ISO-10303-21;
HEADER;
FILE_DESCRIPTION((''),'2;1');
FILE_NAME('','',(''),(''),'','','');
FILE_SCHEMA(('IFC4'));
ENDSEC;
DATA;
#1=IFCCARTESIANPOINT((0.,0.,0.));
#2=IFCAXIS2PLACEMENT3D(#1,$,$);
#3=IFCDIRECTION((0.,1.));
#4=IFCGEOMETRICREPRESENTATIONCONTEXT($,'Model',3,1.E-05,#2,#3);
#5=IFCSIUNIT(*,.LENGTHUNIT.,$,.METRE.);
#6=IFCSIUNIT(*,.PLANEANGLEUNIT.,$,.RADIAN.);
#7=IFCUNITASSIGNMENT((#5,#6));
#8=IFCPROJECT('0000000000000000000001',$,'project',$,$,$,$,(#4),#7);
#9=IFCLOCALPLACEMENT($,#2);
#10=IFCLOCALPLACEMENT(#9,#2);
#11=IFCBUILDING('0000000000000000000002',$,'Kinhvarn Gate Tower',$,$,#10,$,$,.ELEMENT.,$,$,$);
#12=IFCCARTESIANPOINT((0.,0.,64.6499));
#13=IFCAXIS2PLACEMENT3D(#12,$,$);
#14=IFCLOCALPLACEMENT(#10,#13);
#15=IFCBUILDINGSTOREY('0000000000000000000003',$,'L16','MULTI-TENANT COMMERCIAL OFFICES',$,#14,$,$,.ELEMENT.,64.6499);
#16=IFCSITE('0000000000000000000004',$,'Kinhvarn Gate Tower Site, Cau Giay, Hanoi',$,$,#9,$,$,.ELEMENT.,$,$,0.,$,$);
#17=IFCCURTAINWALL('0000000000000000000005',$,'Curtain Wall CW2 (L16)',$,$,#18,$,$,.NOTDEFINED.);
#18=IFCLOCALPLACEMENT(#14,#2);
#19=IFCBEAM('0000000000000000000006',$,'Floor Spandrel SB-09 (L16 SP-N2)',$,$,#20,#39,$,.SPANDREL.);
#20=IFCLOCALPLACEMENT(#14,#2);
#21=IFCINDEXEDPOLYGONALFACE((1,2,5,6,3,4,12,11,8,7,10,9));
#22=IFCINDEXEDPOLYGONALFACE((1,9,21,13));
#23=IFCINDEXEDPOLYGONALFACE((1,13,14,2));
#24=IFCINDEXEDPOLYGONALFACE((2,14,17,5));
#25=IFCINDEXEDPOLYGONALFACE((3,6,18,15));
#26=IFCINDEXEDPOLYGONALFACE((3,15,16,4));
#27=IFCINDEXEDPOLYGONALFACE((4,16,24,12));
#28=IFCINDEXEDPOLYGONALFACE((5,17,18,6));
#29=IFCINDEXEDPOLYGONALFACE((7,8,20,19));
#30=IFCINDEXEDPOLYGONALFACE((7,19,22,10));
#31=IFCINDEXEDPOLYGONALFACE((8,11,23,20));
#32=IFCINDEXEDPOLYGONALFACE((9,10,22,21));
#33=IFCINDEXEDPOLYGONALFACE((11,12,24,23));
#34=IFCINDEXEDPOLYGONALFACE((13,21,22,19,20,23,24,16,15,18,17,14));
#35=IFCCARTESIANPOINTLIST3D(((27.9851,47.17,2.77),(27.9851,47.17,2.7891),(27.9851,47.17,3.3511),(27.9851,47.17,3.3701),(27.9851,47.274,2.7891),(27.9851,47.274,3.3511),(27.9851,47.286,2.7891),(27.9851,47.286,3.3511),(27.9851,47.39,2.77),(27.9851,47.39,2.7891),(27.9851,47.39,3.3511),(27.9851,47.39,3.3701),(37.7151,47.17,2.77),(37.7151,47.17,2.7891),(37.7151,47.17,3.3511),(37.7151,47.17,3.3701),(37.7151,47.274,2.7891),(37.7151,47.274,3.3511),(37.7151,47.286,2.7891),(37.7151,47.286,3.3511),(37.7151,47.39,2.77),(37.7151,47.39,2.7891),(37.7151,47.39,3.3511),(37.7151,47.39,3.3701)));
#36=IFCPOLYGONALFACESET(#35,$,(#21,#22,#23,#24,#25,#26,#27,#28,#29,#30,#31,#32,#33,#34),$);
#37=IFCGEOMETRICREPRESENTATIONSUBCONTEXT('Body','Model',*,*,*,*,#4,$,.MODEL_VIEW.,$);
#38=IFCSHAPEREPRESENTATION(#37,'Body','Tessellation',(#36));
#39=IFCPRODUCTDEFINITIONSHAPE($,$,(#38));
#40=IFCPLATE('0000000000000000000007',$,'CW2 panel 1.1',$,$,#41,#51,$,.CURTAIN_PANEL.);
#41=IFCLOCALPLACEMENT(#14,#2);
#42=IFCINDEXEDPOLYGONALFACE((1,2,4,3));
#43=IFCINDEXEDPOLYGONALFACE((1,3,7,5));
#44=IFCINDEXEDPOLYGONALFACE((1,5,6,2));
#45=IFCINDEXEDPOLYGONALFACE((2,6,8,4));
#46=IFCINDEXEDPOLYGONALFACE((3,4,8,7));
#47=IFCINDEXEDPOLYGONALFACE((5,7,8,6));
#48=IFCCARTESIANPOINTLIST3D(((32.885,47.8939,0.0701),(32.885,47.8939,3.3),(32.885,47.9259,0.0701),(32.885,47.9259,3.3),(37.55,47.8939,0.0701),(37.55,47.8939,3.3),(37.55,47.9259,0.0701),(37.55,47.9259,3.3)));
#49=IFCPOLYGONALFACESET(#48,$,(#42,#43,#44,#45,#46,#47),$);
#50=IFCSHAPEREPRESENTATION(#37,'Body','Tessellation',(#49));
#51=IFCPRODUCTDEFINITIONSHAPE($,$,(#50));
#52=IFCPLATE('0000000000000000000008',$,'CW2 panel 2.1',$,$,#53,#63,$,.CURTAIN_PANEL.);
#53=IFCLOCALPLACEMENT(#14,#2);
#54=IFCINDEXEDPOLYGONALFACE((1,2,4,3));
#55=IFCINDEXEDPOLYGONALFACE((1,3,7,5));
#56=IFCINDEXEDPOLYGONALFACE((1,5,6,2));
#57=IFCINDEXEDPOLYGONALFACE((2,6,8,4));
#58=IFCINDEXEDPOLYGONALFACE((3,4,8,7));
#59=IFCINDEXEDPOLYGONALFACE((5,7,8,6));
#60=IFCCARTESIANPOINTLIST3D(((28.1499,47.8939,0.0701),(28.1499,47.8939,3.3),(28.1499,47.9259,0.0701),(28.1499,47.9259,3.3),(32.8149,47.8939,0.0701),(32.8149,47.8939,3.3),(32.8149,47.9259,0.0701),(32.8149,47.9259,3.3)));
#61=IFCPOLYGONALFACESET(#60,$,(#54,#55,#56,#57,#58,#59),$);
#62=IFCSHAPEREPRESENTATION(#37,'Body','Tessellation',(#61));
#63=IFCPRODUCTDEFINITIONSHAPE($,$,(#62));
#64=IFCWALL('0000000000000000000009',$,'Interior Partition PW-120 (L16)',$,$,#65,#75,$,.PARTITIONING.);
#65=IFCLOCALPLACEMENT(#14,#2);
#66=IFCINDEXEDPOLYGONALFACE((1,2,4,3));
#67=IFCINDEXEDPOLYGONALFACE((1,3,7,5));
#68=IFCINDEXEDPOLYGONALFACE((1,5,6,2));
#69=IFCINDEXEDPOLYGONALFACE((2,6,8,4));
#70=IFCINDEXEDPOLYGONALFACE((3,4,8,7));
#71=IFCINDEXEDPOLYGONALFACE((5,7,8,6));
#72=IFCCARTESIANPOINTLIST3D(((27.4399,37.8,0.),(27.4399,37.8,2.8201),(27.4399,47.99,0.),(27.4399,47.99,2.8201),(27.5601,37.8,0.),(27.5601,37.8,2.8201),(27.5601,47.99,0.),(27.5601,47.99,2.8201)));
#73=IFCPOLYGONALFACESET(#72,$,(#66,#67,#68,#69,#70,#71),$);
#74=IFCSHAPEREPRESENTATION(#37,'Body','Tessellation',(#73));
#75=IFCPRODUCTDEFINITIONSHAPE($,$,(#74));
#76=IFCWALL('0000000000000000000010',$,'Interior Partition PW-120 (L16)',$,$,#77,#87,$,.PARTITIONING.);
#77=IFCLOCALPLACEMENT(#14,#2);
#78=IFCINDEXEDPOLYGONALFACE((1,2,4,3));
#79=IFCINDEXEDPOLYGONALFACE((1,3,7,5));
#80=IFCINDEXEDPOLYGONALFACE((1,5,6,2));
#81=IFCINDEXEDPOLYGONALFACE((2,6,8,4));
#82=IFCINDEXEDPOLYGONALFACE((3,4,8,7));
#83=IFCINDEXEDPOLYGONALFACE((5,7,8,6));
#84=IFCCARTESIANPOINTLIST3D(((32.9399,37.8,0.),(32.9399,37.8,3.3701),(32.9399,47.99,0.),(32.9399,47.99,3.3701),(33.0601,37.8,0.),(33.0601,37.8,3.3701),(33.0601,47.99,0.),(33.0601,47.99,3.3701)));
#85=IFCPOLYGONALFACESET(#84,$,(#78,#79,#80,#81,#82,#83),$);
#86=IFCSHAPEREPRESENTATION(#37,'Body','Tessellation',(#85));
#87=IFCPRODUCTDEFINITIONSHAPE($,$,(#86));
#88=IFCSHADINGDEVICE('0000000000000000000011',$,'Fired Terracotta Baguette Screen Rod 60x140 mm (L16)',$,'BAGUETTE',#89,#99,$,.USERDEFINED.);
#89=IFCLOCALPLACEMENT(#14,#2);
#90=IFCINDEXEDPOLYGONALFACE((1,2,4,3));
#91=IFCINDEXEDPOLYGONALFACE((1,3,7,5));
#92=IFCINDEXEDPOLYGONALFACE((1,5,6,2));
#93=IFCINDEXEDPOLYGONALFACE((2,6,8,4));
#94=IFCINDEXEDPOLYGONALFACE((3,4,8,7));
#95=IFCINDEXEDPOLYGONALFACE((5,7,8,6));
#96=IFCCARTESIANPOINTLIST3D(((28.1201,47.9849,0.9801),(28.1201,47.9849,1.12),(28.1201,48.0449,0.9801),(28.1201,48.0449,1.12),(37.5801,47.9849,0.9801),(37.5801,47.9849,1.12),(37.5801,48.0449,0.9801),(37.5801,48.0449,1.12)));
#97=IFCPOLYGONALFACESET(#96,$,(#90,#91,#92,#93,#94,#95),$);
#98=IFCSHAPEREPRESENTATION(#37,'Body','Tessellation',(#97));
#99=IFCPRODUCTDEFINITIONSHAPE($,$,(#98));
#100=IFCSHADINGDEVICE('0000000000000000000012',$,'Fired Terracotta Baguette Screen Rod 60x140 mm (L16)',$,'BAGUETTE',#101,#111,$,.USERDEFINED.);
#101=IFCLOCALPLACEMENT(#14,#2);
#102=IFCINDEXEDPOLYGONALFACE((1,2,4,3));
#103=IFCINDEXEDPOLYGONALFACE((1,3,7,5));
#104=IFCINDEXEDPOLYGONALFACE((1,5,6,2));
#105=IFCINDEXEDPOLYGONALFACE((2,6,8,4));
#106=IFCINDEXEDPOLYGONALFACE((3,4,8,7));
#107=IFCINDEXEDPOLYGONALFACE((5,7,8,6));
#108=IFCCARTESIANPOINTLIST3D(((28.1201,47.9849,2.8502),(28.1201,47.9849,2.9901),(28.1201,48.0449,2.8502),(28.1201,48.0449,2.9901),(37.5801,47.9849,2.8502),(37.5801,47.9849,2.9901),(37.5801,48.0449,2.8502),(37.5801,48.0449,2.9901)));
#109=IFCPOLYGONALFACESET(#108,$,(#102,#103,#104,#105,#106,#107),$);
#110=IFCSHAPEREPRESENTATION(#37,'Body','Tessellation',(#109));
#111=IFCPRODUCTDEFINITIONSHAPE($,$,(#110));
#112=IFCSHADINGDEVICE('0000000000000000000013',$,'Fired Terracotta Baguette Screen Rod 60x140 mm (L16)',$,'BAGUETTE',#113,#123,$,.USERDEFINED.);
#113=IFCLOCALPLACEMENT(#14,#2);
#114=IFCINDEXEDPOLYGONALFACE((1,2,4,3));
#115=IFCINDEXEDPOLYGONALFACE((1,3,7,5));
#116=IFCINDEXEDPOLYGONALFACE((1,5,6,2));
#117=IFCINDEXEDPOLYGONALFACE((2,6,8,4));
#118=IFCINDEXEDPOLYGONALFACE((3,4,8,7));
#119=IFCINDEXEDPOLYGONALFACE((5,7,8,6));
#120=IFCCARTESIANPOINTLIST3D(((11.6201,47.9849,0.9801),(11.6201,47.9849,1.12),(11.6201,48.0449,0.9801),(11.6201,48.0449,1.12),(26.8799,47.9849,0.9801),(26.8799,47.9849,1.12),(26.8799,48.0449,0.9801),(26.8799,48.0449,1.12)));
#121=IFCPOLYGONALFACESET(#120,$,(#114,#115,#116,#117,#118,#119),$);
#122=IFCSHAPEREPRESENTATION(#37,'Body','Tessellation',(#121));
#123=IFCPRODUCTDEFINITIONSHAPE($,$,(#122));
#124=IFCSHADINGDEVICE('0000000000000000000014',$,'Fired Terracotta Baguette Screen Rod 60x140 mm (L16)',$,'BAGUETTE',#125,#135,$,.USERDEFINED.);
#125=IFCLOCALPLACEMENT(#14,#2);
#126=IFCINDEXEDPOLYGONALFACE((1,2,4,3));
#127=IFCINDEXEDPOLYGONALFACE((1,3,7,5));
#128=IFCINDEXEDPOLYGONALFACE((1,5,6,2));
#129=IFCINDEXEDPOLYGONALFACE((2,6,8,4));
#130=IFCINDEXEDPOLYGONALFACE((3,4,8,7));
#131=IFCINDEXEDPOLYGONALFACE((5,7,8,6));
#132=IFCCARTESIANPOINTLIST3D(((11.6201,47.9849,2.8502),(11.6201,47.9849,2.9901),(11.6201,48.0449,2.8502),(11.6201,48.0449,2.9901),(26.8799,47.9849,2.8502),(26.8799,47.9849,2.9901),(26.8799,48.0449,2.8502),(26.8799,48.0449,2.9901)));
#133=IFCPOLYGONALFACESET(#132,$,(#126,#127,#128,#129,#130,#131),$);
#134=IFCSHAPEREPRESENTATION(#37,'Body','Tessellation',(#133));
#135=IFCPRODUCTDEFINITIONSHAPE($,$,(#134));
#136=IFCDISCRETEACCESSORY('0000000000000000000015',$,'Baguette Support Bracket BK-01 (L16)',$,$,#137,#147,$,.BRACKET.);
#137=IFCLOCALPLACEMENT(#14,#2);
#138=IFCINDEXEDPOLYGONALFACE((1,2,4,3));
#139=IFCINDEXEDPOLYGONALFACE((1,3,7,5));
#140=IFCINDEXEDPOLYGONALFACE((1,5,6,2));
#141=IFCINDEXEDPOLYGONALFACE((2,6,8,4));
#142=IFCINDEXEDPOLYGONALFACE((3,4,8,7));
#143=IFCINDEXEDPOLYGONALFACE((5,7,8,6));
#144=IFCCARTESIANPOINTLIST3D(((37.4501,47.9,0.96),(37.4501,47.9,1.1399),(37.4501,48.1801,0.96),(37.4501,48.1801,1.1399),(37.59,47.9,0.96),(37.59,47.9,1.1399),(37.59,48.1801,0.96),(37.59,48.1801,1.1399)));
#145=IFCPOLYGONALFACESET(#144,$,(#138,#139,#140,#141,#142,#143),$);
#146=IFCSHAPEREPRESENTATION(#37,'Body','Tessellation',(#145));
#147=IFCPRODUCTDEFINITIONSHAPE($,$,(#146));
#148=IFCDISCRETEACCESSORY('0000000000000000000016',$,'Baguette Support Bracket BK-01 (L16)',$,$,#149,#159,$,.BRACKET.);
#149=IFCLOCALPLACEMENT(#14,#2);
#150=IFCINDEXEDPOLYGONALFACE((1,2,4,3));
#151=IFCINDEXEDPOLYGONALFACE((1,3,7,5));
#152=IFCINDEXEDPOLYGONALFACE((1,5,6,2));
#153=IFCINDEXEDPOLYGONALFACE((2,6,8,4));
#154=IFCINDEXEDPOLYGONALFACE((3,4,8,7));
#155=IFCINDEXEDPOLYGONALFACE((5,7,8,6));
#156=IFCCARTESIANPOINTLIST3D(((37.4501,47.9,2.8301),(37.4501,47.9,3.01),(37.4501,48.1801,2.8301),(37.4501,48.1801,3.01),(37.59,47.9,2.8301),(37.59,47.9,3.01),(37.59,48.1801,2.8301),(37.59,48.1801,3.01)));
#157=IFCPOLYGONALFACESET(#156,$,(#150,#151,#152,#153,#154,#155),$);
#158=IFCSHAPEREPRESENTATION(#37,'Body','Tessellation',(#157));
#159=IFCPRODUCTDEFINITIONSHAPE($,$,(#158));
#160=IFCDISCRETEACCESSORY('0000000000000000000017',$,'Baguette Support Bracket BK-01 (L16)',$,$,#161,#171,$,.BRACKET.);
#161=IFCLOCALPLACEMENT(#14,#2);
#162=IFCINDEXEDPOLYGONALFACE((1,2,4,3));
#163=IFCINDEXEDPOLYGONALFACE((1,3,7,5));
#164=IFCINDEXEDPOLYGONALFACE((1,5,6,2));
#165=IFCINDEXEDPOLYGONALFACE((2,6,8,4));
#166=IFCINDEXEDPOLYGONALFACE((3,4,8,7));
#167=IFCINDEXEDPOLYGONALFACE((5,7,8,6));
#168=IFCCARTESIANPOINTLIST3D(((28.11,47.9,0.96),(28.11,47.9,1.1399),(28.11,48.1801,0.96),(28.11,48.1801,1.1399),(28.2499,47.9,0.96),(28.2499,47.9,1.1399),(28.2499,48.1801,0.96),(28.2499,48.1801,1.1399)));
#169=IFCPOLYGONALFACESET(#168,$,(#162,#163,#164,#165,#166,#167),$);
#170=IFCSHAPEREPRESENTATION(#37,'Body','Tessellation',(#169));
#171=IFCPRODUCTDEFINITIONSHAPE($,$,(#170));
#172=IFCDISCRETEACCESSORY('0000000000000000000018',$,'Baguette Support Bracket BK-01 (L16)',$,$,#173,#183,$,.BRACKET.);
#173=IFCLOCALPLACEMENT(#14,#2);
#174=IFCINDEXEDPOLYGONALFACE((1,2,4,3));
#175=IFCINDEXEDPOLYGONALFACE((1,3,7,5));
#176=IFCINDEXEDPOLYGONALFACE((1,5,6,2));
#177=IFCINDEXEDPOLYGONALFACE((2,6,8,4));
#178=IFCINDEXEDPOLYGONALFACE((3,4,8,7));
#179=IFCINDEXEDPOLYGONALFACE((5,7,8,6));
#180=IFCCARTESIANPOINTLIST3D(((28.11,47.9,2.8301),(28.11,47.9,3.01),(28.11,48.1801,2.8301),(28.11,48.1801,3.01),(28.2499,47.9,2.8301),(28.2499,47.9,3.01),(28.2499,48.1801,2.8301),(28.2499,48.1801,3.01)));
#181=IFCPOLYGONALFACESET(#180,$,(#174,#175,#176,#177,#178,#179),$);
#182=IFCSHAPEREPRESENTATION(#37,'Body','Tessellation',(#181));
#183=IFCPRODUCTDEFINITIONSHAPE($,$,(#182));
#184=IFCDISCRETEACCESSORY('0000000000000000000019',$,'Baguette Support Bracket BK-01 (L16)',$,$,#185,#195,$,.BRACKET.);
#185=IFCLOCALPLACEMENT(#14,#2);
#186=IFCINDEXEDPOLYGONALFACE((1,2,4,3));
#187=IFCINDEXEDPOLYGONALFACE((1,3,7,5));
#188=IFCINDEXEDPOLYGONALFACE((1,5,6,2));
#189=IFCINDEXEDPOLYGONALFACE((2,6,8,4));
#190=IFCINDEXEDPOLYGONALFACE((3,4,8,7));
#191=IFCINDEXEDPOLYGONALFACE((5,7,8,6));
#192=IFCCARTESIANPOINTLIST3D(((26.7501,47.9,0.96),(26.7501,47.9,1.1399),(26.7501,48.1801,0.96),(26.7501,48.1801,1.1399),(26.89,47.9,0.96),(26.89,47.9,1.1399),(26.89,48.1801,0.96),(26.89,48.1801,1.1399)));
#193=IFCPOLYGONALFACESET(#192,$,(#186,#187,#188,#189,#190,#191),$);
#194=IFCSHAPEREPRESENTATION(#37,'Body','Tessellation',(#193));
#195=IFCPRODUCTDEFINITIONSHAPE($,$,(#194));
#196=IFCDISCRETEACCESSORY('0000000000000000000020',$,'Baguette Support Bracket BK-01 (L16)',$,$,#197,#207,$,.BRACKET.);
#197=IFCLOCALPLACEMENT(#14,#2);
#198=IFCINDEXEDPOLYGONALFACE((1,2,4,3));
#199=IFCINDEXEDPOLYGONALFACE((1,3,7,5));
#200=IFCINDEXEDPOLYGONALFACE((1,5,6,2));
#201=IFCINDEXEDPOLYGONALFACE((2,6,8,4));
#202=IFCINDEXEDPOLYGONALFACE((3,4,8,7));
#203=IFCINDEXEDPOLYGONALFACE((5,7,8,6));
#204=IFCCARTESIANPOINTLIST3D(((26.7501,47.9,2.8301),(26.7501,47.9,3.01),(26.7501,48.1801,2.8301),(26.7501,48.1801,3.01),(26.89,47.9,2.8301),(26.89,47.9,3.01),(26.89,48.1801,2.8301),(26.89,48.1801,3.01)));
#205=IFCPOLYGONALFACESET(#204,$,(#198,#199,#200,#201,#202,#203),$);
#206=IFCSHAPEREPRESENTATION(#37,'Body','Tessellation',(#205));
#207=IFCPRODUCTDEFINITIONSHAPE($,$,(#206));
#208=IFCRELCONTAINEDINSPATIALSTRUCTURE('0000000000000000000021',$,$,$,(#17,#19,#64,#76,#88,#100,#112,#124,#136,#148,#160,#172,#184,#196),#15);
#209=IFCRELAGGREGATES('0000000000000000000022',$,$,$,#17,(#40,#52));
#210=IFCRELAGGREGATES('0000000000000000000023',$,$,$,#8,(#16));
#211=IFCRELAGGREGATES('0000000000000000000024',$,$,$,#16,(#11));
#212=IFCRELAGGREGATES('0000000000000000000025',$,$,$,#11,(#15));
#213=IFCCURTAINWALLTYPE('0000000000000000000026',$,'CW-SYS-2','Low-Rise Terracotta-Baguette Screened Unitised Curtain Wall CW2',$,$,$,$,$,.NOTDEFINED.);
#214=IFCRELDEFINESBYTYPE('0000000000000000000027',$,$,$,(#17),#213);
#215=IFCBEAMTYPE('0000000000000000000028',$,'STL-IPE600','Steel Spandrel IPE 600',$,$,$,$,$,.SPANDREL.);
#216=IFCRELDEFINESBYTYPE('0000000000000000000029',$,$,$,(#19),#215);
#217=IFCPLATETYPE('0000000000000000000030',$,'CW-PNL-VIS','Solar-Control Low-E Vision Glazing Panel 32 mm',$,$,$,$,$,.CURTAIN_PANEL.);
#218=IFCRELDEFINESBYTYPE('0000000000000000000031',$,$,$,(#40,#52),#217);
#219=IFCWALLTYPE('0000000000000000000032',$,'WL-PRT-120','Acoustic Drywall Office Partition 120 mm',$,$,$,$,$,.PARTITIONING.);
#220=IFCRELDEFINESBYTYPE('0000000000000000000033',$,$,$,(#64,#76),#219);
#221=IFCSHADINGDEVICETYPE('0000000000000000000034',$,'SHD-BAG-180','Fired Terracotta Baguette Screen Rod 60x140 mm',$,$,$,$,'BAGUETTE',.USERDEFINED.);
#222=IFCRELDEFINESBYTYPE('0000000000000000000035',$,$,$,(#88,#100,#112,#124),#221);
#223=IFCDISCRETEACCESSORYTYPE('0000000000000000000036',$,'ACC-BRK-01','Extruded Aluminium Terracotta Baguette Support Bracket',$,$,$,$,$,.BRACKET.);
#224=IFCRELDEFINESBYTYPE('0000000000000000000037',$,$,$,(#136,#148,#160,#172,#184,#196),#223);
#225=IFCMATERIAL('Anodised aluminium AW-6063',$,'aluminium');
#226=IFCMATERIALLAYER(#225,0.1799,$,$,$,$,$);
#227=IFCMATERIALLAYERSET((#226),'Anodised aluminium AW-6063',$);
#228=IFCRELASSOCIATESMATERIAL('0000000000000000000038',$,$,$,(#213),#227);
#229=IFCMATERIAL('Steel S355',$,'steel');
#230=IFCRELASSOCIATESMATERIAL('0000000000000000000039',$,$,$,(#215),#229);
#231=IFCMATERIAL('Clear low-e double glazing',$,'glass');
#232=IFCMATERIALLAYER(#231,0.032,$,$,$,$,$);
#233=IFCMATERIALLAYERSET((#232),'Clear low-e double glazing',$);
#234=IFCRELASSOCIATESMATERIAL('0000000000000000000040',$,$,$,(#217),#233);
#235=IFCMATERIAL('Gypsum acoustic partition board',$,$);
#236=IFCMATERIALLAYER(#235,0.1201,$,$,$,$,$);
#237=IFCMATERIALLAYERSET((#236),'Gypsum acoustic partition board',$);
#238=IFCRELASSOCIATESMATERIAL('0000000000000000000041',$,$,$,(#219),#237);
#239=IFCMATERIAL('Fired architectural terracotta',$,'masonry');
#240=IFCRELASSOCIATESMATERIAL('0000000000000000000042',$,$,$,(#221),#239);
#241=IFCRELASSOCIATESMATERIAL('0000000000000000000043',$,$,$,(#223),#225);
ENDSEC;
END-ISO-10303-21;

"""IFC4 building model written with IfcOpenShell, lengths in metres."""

from ifc_helpers import new_model, si_unit, direction, frame, frame_2d, origin, origin_2d, place, context, subcontext, project, spatial, rectangle, i_section, extrude, material, layer, layer_set, material_profile, profile_set, type_object, element, aggregate, save


model = new_model("IFC4")

# Units and contexts
model_context = context("Model", 3, precision=1e-05, world=origin(), true_north=direction((0.0, 1.0)))
body_context = subcontext(model_context, "Body", "Model", "MODEL_VIEW")
ifc_project = project(units=[si_unit("LENGTHUNIT", "METRE"), si_unit("PLANEANGLEUNIT", "RADIAN")], contexts=[model_context])

# Site, building, storey
site_placement = place(None, origin())
site = spatial("IfcSite", under=ifc_project, at=site_placement, Name="Kinhvarn Gate Tower Site, Cau Giay, Hanoi", CompositionType="ELEMENT", RefElevation=0.0)
building_placement = place(site_placement, origin())
building = spatial("IfcBuilding", under=site, at=building_placement, Name="Kinhvarn Gate Tower", CompositionType="ELEMENT")
storey_placement = place(building_placement, frame((0.0, 0.0, 64.6499)))
storey = spatial("IfcBuildingStorey", under=building, at=storey_placement, Name="L16", Description="MULTI-TENANT COMMERCIAL OFFICES", CompositionType="ELEMENT", Elevation=64.6499)

# Curtain wall
ifc_material_1 = material(Name="Anodised aluminium AW-6063", Category="aluminium")
ifc_layer_1 = layer(ifc_material_1, 0.1799)
ifc_layer_set_1 = layer_set([ifc_layer_1], Name="Anodised aluminium AW-6063")
curtain_wall_type = type_object("IfcCurtainWallType", Name="CW-SYS-2", Description="Low-Rise Terracotta-Baguette Screened Unitised Curtain Wall CW2", PredefinedType="NOTDEFINED", material=ifc_layer_set_1)
curtain_wall_1_placement = place(storey_placement, origin())
curtain_wall_1 = element("IfcCurtainWall", 1, at=curtain_wall_1_placement, inside=storey, type_object=curtain_wall_type, Name="Curtain Wall CW2 (L16)", PredefinedType="NOTDEFINED")

# Beam
ifc_material_2 = material(Name="Steel S355", Category="steel")
ifc_material_profile_1 = material_profile(ifc_material_2, i_section(OverallWidth=0.22, OverallDepth=0.6001, WebThickness=0.012, FlangeThickness=0.019, at=origin_2d()), Name="IPE 600")
ifc_profile_set_1 = profile_set([ifc_material_profile_1], Name="Steel S355")
beam_type_1 = type_object("IfcBeamType", Name="STL-IPE600", Description="Steel Spandrel IPE 600", PredefinedType="SPANDREL", material=ifc_profile_set_1)
beam_placement = place(storey_placement, frame((27.9851, 47.28, 3.0701), z_axis=(1.0, 0.0, 0.0), x_axis=(0.0, 1.0, 0.0)))
element("IfcBeam", 2, at=beam_placement, inside=storey, type_object=beam_type_1, Name="Floor Spandrel SB-09 (L16 SP-N2)", PredefinedType="SPANDREL", context=body_context, shape_type="SweptSolid", body=[
    extrude(i_section(OverallWidth=0.22, OverallDepth=0.6001, WebThickness=0.012, FlangeThickness=0.019, at=origin_2d()), origin(), (0.0, 0.0, 1.0), 9.73),
])

# Plates
ifc_material_3 = material(Name="Clear low-e double glazing", Category="glass")
ifc_layer_2 = layer(ifc_material_3, 0.032)
ifc_layer_set_2 = layer_set([ifc_layer_2], Name="Clear low-e double glazing")
plate_type = type_object("IfcPlateType", Name="CW-PNL-VIS", Description="Solar-Control Low-E Vision Glazing Panel 32 mm", PredefinedType="CURTAIN_PANEL", material=ifc_layer_set_2)
plate_1_placement = place(storey_placement, frame((35.2175, 47.9099, 0.0701), z_axis=(0.0, 0.0, 1.0), x_axis=(-1.0, 0.0, 0.0)))
plate_1 = element("IfcPlate", 3, at=plate_1_placement, type_object=plate_type, Name="CW2 panel 1.1", PredefinedType="CURTAIN_PANEL", context=body_context, shape_type="SweptSolid", body=[
    extrude(rectangle(XDim=4.665, YDim=0.032, at=origin_2d()), origin(), (0.0, 0.0, 1.0), 3.23),
])
plate_2_placement = place(storey_placement, frame((30.4824, 47.9099, 0.0701), z_axis=(0.0, 0.0, 1.0), x_axis=(-1.0, 0.0, 0.0)))
plate_2 = element("IfcPlate", 4, at=plate_2_placement, type_object=plate_type, Name="CW2 panel 2.1", PredefinedType="CURTAIN_PANEL", context=body_context, shape_type="SweptSolid", body=[
    extrude(rectangle(XDim=4.665, YDim=0.032, at=origin_2d()), origin(), (0.0, 0.0, 1.0), 3.23),
])
aggregate(curtain_wall_1, [plate_1, plate_2])

# Walls
ifc_material_4 = material(Name="Gypsum acoustic partition board")
ifc_layer_3 = layer(ifc_material_4, 0.1201)
ifc_layer_set_3 = layer_set([ifc_layer_3], Name="Gypsum acoustic partition board")
wall_type_1 = type_object("IfcWallType", Name="WL-PRT-120", Description="Acoustic Drywall Office Partition 120 mm", PredefinedType="PARTITIONING", material=ifc_layer_set_3)
wall_1_placement = place(storey_placement, frame((27.5, 37.8, 0.0), z_axis=(0.0, 0.0, 1.0), x_axis=(0.0, 1.0, 0.0)))
element("IfcWall", 5, at=wall_1_placement, inside=storey, type_object=wall_type_1, Name="Interior Partition PW-120 (L16)", PredefinedType="PARTITIONING", context=body_context, shape_type="SweptSolid", body=[
    extrude(rectangle(XDim=10.1899, YDim=0.1201, at=frame_2d((5.095, 0.0))), origin(), (0.0, 0.0, 1.0), 2.8201),
])
wall_2_placement = place(storey_placement, frame((33.0, 37.8, 0.0), z_axis=(0.0, 0.0, 1.0), x_axis=(0.0, 1.0, 0.0)))
element("IfcWall", 6, at=wall_2_placement, inside=storey, type_object=wall_type_1, Name="Interior Partition PW-120 (L16)", PredefinedType="PARTITIONING", context=body_context, shape_type="SweptSolid", body=[
    extrude(rectangle(XDim=10.1899, YDim=0.1201, at=frame_2d((5.095, 0.0))), origin(), (0.0, 0.0, 1.0), 3.3701),
])

# Shading devices
ifc_material_5 = material(Name="Fired architectural terracotta", Category="masonry")
ifc_material_profile_2 = material_profile(ifc_material_5, rectangle(XDim=0.0601, YDim=0.1399, at=origin_2d()), Name="TC 60x140")
ifc_profile_set_2 = profile_set([ifc_material_profile_2], Name="Fired architectural terracotta")
shading_device_type = type_object("IfcShadingDeviceType", Name="SHD-BAG-180", Description="Fired Terracotta Baguette Screen Rod 60x140 mm", ElementType="BAGUETTE", PredefinedType="USERDEFINED", material=ifc_profile_set_2)
for number, where, z_axis, x_axis, name in (
    (7, (37.5801, 48.0149, 1.05), (-1.0, 0.0, 0.0), (0.0, -1.0, 0.0), "Fired Terracotta Baguette Screen Rod 60x140 mm (L16)"),
    (8, (37.5801, 48.0149, 2.9202), (-1.0, 0.0, 0.0), (0.0, -1.0, 0.0), "Fired Terracotta Baguette Screen Rod 60x140 mm (L16)"),
):
    element("IfcShadingDevice", number, at=place(storey_placement, frame(where, z_axis=z_axis, x_axis=x_axis)), inside=storey, type_object=shading_device_type, Name=name, ObjectType="BAGUETTE", PredefinedType="USERDEFINED", context=body_context, shape_type="SweptSolid", body=[
        extrude(rectangle(XDim=0.0601, YDim=0.1399, at=origin_2d()), origin(), (0.0, 0.0, 1.0), 9.46),
    ])
for number, where, z_axis, x_axis, name in (
    (9, (26.8799, 48.0149, 1.05), (-1.0, 0.0, 0.0), (0.0, -1.0, 0.0), "Fired Terracotta Baguette Screen Rod 60x140 mm (L16)"),
    (10, (26.8799, 48.0149, 2.9202), (-1.0, 0.0, 0.0), (0.0, -1.0, 0.0), "Fired Terracotta Baguette Screen Rod 60x140 mm (L16)"),
):
    element("IfcShadingDevice", number, at=place(storey_placement, frame(where, z_axis=z_axis, x_axis=x_axis)), inside=storey, type_object=shading_device_type, Name=name, ObjectType="BAGUETTE", PredefinedType="USERDEFINED", context=body_context, shape_type="SweptSolid", body=[
        extrude(rectangle(XDim=0.0601, YDim=0.1399, at=origin_2d()), origin(), (0.0, 0.0, 1.0), 15.2598),
    ])

# Discrete accessories
discrete_accessory_type = type_object("IfcDiscreteAccessoryType", Name="ACC-BRK-01", Description="Extruded Aluminium Terracotta Baguette Support Bracket", PredefinedType="BRACKET", material=ifc_material_1)
for number, where, z_axis, x_axis, name in (
    (11, (37.52, 48.04, 0.96), (0.0, 0.0, 1.0), (-1.0, 0.0, 0.0), "Baguette Support Bracket BK-01 (L16)"),
    (12, (37.52, 48.04, 2.8301), (0.0, 0.0, 1.0), (-1.0, 0.0, 0.0), "Baguette Support Bracket BK-01 (L16)"),
    (13, (28.1799, 48.04, 0.96), (0.0, 0.0, 1.0), (-1.0, 0.0, 0.0), "Baguette Support Bracket BK-01 (L16)"),
    (14, (28.1799, 48.04, 2.8301), (0.0, 0.0, 1.0), (-1.0, 0.0, 0.0), "Baguette Support Bracket BK-01 (L16)"),
    (15, (26.8201, 48.04, 0.96), (0.0, 0.0, 1.0), (-1.0, 0.0, 0.0), "Baguette Support Bracket BK-01 (L16)"),
    (16, (26.8201, 48.04, 2.8301), (0.0, 0.0, 1.0), (-1.0, 0.0, 0.0), "Baguette Support Bracket BK-01 (L16)"),
):
    element("IfcDiscreteAccessory", number, at=place(storey_placement, frame(where, z_axis=z_axis, x_axis=x_axis)), inside=storey, type_object=discrete_accessory_type, Name=name, PredefinedType="BRACKET", context=body_context, shape_type="SweptSolid", body=[
        extrude(rectangle(XDim=0.1399, YDim=0.28, at=origin_2d()), origin(), (0.0, 0.0, 1.0), 0.1799),
    ])

save(model, "model.ifc")
